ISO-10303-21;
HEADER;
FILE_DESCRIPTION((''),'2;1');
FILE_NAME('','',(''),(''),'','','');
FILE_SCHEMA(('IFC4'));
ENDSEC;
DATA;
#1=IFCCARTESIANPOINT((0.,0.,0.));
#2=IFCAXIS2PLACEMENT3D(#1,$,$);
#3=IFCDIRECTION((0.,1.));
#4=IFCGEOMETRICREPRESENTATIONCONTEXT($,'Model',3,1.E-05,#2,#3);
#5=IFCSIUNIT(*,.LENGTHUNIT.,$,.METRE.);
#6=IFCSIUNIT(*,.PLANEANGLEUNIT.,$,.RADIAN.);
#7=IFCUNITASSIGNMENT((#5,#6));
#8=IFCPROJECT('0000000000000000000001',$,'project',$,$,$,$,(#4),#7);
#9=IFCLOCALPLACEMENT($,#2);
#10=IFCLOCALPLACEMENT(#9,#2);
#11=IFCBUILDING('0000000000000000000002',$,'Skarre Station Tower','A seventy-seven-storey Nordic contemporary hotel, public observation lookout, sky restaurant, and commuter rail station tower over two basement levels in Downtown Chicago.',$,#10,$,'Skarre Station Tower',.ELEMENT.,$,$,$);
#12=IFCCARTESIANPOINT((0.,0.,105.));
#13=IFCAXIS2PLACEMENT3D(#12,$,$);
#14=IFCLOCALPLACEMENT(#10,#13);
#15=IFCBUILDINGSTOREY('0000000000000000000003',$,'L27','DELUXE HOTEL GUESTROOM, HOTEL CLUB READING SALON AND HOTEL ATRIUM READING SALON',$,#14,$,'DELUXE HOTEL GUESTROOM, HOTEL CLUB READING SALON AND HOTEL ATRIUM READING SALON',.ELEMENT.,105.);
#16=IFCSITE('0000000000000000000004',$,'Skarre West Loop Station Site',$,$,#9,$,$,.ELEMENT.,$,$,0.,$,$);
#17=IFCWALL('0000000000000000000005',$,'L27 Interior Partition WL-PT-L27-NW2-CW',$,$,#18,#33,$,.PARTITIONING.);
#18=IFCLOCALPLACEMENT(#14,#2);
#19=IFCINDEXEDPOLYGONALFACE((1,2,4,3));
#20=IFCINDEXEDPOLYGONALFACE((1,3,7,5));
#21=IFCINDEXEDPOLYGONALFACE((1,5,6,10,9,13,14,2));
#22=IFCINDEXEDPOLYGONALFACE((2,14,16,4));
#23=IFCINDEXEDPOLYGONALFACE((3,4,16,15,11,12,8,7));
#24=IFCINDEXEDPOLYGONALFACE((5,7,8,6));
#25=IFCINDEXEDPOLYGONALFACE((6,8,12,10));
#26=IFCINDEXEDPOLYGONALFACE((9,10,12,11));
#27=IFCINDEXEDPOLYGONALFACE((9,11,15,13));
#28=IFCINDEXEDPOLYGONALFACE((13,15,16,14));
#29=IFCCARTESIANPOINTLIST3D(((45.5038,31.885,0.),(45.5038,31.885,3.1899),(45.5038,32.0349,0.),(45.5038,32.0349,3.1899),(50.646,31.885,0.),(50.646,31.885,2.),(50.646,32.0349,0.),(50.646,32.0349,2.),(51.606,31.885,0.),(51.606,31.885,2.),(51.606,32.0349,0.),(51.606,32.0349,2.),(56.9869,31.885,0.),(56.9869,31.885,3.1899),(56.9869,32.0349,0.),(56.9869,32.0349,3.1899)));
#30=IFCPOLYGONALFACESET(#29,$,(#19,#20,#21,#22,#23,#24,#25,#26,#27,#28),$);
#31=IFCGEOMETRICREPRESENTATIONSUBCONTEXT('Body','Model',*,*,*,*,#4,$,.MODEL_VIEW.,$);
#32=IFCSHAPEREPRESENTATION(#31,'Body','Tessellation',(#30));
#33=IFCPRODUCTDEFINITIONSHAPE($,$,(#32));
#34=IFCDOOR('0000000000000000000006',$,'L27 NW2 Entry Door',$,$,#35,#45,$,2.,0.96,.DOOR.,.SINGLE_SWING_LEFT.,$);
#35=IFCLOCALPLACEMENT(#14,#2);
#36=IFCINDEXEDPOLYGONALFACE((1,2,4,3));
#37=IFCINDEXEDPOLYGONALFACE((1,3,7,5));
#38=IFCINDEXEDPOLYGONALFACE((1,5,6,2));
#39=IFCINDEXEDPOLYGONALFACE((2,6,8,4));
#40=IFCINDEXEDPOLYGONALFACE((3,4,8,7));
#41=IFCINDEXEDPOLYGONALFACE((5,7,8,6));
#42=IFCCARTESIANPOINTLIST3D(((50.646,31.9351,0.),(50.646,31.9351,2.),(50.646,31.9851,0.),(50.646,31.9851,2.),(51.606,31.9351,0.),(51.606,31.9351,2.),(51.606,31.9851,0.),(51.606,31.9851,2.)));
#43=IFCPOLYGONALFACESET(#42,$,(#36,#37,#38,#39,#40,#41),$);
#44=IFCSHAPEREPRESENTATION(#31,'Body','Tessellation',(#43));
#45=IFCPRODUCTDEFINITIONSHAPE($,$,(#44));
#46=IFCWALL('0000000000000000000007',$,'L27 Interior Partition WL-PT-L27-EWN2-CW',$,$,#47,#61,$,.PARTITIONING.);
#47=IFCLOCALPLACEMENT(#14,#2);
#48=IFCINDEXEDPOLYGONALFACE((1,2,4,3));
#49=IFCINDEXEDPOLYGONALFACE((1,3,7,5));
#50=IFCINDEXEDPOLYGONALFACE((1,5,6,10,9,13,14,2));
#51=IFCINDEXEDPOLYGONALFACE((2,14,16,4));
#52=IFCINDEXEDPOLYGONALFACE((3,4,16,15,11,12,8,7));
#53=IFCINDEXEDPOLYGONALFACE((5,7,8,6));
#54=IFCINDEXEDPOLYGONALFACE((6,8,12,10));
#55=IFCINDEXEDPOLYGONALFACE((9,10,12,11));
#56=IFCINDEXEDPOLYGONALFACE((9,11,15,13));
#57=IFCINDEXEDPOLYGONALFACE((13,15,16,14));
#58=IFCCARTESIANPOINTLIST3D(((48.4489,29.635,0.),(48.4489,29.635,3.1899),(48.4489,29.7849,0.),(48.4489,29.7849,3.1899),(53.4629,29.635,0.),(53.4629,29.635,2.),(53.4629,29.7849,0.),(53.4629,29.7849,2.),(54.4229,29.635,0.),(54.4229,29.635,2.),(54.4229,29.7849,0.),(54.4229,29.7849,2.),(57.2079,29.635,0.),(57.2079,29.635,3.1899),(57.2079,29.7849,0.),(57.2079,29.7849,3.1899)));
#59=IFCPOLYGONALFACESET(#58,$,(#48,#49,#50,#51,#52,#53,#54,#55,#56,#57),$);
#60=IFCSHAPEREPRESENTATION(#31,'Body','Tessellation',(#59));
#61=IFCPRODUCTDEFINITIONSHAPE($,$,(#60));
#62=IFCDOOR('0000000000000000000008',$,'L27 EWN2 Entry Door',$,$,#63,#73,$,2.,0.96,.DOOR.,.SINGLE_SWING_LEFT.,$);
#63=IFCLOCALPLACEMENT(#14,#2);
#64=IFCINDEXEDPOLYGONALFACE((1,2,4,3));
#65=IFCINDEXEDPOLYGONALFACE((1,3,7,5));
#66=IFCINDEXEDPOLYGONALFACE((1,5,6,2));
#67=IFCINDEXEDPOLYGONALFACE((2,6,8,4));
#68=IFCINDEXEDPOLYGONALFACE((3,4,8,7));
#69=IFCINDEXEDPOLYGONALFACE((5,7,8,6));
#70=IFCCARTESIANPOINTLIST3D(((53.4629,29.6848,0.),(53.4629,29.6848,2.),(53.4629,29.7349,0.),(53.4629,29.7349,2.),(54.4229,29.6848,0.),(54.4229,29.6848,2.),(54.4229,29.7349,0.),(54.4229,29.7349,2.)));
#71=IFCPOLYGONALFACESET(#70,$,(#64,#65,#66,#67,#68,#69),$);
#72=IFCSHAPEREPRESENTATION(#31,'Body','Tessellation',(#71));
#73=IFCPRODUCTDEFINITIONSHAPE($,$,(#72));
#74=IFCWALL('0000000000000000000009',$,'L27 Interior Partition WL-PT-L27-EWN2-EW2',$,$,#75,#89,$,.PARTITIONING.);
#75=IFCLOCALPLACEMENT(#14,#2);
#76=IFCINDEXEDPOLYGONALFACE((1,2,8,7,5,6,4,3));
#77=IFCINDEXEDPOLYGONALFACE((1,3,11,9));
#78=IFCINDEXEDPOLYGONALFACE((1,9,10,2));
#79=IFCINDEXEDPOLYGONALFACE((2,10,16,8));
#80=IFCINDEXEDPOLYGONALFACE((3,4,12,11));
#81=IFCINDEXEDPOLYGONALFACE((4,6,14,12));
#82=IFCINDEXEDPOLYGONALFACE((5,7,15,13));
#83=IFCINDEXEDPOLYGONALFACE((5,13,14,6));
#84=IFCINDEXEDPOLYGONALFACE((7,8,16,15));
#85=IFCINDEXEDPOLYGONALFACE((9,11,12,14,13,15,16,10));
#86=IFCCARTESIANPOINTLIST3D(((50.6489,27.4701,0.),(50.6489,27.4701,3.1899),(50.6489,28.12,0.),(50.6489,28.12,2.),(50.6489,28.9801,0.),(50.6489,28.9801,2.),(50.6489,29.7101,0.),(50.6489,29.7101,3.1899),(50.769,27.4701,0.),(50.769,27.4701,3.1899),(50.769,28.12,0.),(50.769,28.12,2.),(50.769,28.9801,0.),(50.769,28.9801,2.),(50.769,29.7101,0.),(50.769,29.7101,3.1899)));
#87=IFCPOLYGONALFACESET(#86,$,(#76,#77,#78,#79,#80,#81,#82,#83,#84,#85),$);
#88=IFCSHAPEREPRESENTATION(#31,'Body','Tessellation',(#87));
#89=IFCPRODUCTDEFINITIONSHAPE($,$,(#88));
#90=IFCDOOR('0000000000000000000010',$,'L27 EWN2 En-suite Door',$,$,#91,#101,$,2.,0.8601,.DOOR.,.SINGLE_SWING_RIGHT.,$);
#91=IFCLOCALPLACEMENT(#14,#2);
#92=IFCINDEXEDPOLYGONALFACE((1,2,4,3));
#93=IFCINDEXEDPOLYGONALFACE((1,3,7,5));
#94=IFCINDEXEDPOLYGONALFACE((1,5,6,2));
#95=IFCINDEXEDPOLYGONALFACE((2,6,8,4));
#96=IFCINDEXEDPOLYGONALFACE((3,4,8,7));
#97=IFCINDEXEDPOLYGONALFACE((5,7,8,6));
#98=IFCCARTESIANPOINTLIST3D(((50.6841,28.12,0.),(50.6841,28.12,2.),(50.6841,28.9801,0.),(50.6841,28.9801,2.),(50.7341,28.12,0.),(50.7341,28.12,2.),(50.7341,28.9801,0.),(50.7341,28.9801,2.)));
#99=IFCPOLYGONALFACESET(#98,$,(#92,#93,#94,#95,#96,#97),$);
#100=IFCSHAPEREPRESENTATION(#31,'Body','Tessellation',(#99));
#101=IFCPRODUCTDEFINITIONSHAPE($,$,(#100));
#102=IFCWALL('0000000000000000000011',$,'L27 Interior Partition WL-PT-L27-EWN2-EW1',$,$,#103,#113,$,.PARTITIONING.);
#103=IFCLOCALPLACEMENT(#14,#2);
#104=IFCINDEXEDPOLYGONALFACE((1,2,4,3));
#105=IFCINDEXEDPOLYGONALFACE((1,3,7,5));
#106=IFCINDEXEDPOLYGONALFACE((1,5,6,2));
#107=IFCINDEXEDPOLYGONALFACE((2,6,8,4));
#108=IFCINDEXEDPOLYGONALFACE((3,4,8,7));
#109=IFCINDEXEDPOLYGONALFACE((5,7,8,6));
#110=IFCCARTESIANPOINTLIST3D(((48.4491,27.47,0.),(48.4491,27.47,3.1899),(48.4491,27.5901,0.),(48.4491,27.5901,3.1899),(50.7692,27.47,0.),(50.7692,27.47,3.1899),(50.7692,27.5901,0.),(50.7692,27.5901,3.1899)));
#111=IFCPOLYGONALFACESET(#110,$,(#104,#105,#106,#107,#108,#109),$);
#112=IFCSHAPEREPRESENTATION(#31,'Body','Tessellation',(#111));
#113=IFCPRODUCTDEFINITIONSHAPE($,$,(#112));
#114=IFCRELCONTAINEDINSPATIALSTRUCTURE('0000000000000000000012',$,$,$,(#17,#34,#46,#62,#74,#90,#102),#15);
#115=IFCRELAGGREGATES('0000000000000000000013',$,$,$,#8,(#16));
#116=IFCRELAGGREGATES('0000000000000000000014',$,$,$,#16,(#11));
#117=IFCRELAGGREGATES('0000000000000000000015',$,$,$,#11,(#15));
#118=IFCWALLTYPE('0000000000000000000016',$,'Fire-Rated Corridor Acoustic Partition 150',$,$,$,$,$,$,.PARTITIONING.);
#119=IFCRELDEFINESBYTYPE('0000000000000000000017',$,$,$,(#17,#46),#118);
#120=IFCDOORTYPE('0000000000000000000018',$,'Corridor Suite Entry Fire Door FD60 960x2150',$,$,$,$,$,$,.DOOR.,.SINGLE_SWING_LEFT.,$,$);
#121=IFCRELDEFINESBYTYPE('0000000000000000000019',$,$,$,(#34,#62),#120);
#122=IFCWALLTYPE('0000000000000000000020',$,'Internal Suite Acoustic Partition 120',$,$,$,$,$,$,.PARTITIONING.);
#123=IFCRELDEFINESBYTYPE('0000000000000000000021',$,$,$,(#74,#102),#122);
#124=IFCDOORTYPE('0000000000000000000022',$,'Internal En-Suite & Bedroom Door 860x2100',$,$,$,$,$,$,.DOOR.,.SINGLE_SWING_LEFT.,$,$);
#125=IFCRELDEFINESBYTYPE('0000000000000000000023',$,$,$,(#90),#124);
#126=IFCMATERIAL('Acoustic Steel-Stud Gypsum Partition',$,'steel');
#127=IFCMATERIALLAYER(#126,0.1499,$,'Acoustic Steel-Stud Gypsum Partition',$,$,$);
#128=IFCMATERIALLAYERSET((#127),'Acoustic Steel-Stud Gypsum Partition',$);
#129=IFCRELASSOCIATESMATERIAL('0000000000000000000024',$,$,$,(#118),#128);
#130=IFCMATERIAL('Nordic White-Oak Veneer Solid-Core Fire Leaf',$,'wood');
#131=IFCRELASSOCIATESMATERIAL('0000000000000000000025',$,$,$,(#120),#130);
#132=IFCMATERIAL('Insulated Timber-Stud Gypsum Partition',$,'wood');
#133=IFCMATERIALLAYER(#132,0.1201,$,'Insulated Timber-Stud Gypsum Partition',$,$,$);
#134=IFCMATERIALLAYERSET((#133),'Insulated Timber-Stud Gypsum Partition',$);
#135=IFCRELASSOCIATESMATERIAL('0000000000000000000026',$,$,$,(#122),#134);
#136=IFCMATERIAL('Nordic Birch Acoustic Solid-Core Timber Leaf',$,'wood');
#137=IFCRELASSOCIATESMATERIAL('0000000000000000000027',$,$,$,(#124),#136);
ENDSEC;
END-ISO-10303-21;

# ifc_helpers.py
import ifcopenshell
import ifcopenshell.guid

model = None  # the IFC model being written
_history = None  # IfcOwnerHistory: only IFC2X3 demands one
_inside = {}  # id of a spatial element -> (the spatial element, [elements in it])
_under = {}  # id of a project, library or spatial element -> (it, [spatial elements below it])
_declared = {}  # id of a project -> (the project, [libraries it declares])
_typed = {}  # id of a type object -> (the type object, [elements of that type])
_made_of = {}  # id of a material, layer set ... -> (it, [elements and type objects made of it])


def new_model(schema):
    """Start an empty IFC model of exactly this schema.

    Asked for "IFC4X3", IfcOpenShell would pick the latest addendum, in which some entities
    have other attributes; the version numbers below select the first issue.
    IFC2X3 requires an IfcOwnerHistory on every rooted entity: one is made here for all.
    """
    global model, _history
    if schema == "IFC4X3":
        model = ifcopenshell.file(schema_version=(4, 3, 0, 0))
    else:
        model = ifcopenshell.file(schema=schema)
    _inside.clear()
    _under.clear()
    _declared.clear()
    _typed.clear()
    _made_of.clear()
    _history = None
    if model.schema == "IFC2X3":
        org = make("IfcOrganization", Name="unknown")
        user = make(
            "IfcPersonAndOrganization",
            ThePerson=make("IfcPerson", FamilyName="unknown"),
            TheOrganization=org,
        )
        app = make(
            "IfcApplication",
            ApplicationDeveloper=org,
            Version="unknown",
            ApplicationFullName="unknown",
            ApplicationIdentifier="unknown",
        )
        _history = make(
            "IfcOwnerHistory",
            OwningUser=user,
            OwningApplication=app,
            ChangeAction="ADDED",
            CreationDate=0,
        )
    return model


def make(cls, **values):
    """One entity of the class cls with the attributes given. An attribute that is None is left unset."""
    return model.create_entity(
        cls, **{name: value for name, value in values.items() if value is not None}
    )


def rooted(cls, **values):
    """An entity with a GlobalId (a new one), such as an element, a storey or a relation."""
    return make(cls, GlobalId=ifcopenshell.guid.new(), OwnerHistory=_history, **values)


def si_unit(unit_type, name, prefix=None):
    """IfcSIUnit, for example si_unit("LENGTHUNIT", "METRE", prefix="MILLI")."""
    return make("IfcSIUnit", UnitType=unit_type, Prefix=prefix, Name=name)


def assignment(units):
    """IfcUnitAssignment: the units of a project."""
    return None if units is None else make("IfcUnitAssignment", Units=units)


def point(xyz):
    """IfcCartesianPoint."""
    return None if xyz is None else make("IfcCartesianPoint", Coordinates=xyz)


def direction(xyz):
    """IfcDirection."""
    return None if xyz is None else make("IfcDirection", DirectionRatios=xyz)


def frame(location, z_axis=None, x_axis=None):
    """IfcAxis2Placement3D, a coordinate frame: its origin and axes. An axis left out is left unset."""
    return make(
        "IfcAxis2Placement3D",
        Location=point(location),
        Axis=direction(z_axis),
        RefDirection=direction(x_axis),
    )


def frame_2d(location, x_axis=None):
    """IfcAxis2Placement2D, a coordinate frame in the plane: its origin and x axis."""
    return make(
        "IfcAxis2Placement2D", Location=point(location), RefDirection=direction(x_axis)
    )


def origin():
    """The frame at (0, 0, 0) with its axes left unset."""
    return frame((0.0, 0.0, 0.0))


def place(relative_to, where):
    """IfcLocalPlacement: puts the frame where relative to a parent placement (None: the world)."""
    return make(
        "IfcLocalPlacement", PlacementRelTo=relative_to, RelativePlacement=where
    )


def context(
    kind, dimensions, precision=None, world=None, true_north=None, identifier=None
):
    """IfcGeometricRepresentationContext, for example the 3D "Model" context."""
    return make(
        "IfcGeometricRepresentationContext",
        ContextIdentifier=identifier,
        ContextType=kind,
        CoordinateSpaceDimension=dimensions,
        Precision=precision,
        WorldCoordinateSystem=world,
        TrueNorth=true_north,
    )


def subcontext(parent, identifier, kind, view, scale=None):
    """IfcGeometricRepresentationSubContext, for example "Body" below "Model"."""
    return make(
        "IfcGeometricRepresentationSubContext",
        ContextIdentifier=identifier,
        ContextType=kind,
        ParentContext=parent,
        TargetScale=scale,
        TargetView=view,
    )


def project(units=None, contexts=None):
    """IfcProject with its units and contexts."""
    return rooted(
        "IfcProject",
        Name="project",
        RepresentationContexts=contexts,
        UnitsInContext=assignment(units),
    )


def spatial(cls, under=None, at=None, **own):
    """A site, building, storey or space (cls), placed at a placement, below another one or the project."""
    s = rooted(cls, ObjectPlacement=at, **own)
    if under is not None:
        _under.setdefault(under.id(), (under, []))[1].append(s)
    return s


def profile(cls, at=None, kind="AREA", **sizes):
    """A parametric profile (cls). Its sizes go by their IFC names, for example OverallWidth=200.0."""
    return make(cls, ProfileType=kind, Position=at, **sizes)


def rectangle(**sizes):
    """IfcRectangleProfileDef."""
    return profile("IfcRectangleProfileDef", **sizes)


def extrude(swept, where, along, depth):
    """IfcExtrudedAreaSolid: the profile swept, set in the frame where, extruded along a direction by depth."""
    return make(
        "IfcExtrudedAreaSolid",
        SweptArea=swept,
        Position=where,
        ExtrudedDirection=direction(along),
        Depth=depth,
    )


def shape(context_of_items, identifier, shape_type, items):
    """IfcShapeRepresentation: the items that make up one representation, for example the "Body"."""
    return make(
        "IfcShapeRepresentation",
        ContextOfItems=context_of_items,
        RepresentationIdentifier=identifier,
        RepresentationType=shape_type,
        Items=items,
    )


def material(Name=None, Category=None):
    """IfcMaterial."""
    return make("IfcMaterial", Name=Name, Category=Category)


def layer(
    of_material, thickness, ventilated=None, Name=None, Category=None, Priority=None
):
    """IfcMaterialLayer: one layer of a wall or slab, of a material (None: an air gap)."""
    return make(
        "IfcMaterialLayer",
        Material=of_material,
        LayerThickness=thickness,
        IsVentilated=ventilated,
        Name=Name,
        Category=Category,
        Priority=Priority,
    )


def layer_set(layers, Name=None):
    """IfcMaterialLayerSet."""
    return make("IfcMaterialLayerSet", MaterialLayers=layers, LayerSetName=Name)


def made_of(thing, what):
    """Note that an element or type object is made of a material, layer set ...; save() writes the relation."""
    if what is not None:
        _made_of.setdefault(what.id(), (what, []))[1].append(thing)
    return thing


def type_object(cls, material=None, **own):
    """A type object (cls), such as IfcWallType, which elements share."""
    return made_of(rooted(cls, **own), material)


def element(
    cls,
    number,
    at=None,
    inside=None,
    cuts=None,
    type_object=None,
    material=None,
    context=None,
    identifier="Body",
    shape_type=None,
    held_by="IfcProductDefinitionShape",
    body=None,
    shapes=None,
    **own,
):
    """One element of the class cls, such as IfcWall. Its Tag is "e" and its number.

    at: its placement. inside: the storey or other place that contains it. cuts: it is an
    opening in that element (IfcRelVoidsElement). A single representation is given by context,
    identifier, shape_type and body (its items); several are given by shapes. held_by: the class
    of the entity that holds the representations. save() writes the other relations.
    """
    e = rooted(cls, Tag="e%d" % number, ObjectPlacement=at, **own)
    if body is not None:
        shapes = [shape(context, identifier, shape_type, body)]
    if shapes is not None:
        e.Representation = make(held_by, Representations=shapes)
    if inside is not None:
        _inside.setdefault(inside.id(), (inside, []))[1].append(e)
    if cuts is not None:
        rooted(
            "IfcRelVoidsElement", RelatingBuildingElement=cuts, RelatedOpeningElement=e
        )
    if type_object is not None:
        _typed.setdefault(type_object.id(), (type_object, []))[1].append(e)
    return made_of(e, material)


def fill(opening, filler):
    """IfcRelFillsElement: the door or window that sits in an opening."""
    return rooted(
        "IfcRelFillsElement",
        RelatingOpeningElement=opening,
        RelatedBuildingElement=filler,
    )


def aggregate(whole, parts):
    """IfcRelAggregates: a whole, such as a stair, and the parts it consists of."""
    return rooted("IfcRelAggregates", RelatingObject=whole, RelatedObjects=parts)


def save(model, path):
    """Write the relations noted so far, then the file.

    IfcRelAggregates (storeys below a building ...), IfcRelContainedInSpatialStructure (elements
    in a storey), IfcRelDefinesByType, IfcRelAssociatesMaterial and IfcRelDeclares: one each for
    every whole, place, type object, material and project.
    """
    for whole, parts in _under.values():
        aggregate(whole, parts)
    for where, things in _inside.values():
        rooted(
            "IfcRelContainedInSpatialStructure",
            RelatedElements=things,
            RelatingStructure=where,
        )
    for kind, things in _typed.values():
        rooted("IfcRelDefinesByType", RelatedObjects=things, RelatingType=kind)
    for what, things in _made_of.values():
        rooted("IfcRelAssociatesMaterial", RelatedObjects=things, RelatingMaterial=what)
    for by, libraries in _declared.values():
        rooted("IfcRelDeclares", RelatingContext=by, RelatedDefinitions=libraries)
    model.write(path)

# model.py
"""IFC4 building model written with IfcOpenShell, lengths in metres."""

from ifc_helpers import new_model, si_unit, direction, frame, frame_2d, origin, place, context, subcontext, project, spatial, rectangle, extrude, material, layer, layer_set, type_object, element, fill, save


model = new_model("IFC4")

# Units and contexts
model_context = context("Model", 3, precision=1e-05, world=origin(), true_north=direction((0.0, 1.0)))
body_context = subcontext(model_context, "Body", "Model", "MODEL_VIEW")
ifc_project = project(units=[si_unit("LENGTHUNIT", "METRE"), si_unit("PLANEANGLEUNIT", "RADIAN")], contexts=[model_context])

# Site, building, storey
site_placement = place(None, origin())
site = spatial("IfcSite", under=ifc_project, at=site_placement, Name="Skarre West Loop Station Site", CompositionType="ELEMENT", RefElevation=0.0)
building_placement = place(site_placement, origin())
building = spatial("IfcBuilding", under=site, at=building_placement, Name="Skarre Station Tower", Description="A seventy-seven-storey Nordic contemporary hotel, public observation lookout, sky restaurant, and commuter rail station tower over two basement levels in Downtown Chicago.", LongName="Skarre Station Tower", CompositionType="ELEMENT")
storey_placement = place(building_placement, frame((0.0, 0.0, 105.0)))
storey = spatial("IfcBuildingStorey", under=building, at=storey_placement, Name="L27", Description="DELUXE HOTEL GUESTROOM, HOTEL CLUB READING SALON AND HOTEL ATRIUM READING SALON", LongName="DELUXE HOTEL GUESTROOM, HOTEL CLUB READING SALON AND HOTEL ATRIUM READING SALON", CompositionType="ELEMENT", Elevation=105.0)

# Walls, openings, doors
ifc_material_1 = material(Name="Acoustic Steel-Stud Gypsum Partition", Category="steel")
ifc_layer_1 = layer(ifc_material_1, 0.1499, Name="Acoustic Steel-Stud Gypsum Partition")
ifc_layer_set_1 = layer_set([ifc_layer_1], Name="Acoustic Steel-Stud Gypsum Partition")
wall_type_1 = type_object("IfcWallType", Name="Fire-Rated Corridor Acoustic Partition 150", PredefinedType="PARTITIONING", material=ifc_layer_set_1)
ifc_material_2 = material(Name="Nordic White-Oak Veneer Solid-Core Fire Leaf", Category="wood")
door_type_1 = type_object("IfcDoorType", Name="Corridor Suite Entry Fire Door FD60 960x2150", OperationType="SINGLE_SWING_LEFT", PredefinedType="DOOR", material=ifc_material_2)
wall_1_placement = place(storey_placement, frame((56.9871, 31.96, 0.0), z_axis=(0.0, 0.0, 1.0), x_axis=(-1.0, 0.0, 0.0)))
wall_1 = element("IfcWall", 1, at=wall_1_placement, inside=storey, type_object=wall_type_1, Name="L27 Interior Partition WL-PT-L27-NW2-CW", PredefinedType="PARTITIONING", context=body_context, shape_type="SweptSolid", body=[
    extrude(rectangle(XDim=11.4832, YDim=0.1499, at=frame_2d((5.7417, 0.0))), origin(), (0.0, 0.0, 1.0), 3.1899),
])
opening_1_placement = place(wall_1_placement, frame((5.3811, 0.0, 0.0)))
opening_1 = element("IfcOpeningElement", 2, at=opening_1_placement, cuts=wall_1, PredefinedType="OPENING", context=body_context, shape_type="SweptSolid", body=[
    extrude(rectangle(XDim=0.96, YDim=2.0, at=frame_2d((0.48, 1.0))), frame((0.0, 0.085, 0.0), z_axis=(0.0, -1.0, 0.0), x_axis=(1.0, 0.0, 0.0)), (0.0, 0.0, 1.0), 0.1699),
])
door_1_placement = place(opening_1_placement, origin())
door_1 = element("IfcDoor", 3, at=door_1_placement, inside=storey, type_object=door_type_1, Name="L27 NW2 Entry Door", OperationType="SINGLE_SWING_LEFT", OverallHeight=2.0, OverallWidth=0.96, PredefinedType="DOOR", context=body_context, shape_type="SweptSolid", body=[
    extrude(rectangle(XDim=0.96, YDim=2.0, at=frame_2d((0.48, 1.0))), frame((0.0, 0.0249, 0.0), z_axis=(0.0, -1.0, 0.0), x_axis=(1.0, 0.0, 0.0)), (0.0, 0.0, 1.0), 0.05),
])
fill(opening_1, door_1)
wall_2_placement = place(storey_placement, frame((48.449, 29.71, 0.0), z_axis=(0.0, 0.0, 1.0), x_axis=(1.0, 0.0, 0.0)))
wall_2 = element("IfcWall", 4, at=wall_2_placement, inside=storey, type_object=wall_type_1, Name="L27 Interior Partition WL-PT-L27-EWN2-CW", PredefinedType="PARTITIONING", context=body_context, shape_type="SweptSolid", body=[
    extrude(rectangle(XDim=8.759, YDim=0.1499, at=frame_2d((4.3794, 0.0))), origin(), (0.0, 0.0, 1.0), 3.1899),
])
opening_2_placement = place(wall_2_placement, frame((5.0139, 0.0, 0.0)))
opening_2 = element("IfcOpeningElement", 5, at=opening_2_placement, cuts=wall_2, PredefinedType="OPENING", context=body_context, shape_type="SweptSolid", body=[
    extrude(rectangle(XDim=0.96, YDim=2.0, at=frame_2d((0.48, 1.0))), frame((0.0, 0.085, 0.0), z_axis=(0.0, -1.0, 0.0), x_axis=(1.0, 0.0, 0.0)), (0.0, 0.0, 1.0), 0.1699),
])
door_2_placement = place(opening_2_placement, origin())
door_2 = element("IfcDoor", 6, at=door_2_placement, inside=storey, type_object=door_type_1, Name="L27 EWN2 Entry Door", OperationType="SINGLE_SWING_LEFT", OverallHeight=2.0, OverallWidth=0.96, PredefinedType="DOOR", context=body_context, shape_type="SweptSolid", body=[
    extrude(rectangle(XDim=0.96, YDim=2.0, at=frame_2d((0.48, 1.0))), frame((0.0, 0.0249, 0.0), z_axis=(0.0, -1.0, 0.0), x_axis=(1.0, 0.0, 0.0)), (0.0, 0.0, 1.0), 0.05),
])
fill(opening_2, door_2)
ifc_material_3 = material(Name="Insulated Timber-Stud Gypsum Partition", Category="wood")
ifc_layer_2 = layer(ifc_material_3, 0.1201, Name="Insulated Timber-Stud Gypsum Partition")
ifc_layer_set_2 = layer_set([ifc_layer_2], Name="Insulated Timber-Stud Gypsum Partition")
wall_type_2 = type_object("IfcWallType", Name="Internal Suite Acoustic Partition 120", PredefinedType="PARTITIONING", material=ifc_layer_set_2)
wall_3_placement = place(storey_placement, frame((50.709, 27.47, 0.0), z_axis=(0.0, 0.0, 1.0), x_axis=(0.0, 1.0, 0.0)))
wall_3 = element("IfcWall", 7, at=wall_3_placement, inside=storey, type_object=wall_type_2, Name="L27 Interior Partition WL-PT-L27-EWN2-EW2", PredefinedType="PARTITIONING", context=body_context, shape_type="SweptSolid", body=[
    extrude(rectangle(XDim=2.24, YDim=0.1201, at=frame_2d((1.1201, 0.0))), origin(), (0.0, 0.0, 1.0), 3.1899),
])
opening_3_placement = place(wall_3_placement, frame((0.6499, 0.0, 0.0)))
opening_3 = element("IfcOpeningElement", 8, at=opening_3_placement, cuts=wall_3, PredefinedType="OPENING", context=body_context, shape_type="SweptSolid", body=[
    extrude(rectangle(XDim=0.8601, YDim=2.0, at=frame_2d((0.4302, 1.0))), frame((0.0, 0.0701, 0.0), z_axis=(0.0, -1.0, 0.0), x_axis=(1.0, 0.0, 0.0)), (0.0, 0.0, 1.0), 0.1401),
])
ifc_material_4 = material(Name="Nordic Birch Acoustic Solid-Core Timber Leaf", Category="wood")
door_type_2 = type_object("IfcDoorType", Name="Internal En-Suite & Bedroom Door 860x2100", OperationType="SINGLE_SWING_LEFT", PredefinedType="DOOR", material=ifc_material_4)
door_3_placement = place(opening_3_placement, origin())
door_3 = element("IfcDoor", 9, at=door_3_placement, inside=storey, type_object=door_type_2, Name="L27 EWN2 En-suite Door", OperationType="SINGLE_SWING_RIGHT", OverallHeight=2.0, OverallWidth=0.8601, PredefinedType="DOOR", context=body_context, shape_type="SweptSolid", body=[
    extrude(rectangle(XDim=0.8601, YDim=2.0, at=frame_2d((0.4302, 1.0))), frame((0.0, 0.0249, 0.0), z_axis=(0.0, -1.0, 0.0), x_axis=(1.0, 0.0, 0.0)), (0.0, 0.0, 1.0), 0.05),
])
fill(opening_3, door_3)

# Wall
wall_4_placement = place(storey_placement, frame((48.449, 27.53, 0.0), z_axis=(0.0, 0.0, 1.0), x_axis=(1.0, 0.0, 0.0)))
element("IfcWall", 10, at=wall_4_placement, inside=storey, type_object=wall_type_2, Name="L27 Interior Partition WL-PT-L27-EWN2-EW1", PredefinedType="PARTITIONING", context=body_context, shape_type="SweptSolid", body=[
    extrude(rectangle(XDim=2.3201, YDim=0.1201, at=frame_2d((1.1602, 0.0))), origin(), (0.0, 0.0, 1.0), 3.1899),
])

save(model, "model.ifc")
